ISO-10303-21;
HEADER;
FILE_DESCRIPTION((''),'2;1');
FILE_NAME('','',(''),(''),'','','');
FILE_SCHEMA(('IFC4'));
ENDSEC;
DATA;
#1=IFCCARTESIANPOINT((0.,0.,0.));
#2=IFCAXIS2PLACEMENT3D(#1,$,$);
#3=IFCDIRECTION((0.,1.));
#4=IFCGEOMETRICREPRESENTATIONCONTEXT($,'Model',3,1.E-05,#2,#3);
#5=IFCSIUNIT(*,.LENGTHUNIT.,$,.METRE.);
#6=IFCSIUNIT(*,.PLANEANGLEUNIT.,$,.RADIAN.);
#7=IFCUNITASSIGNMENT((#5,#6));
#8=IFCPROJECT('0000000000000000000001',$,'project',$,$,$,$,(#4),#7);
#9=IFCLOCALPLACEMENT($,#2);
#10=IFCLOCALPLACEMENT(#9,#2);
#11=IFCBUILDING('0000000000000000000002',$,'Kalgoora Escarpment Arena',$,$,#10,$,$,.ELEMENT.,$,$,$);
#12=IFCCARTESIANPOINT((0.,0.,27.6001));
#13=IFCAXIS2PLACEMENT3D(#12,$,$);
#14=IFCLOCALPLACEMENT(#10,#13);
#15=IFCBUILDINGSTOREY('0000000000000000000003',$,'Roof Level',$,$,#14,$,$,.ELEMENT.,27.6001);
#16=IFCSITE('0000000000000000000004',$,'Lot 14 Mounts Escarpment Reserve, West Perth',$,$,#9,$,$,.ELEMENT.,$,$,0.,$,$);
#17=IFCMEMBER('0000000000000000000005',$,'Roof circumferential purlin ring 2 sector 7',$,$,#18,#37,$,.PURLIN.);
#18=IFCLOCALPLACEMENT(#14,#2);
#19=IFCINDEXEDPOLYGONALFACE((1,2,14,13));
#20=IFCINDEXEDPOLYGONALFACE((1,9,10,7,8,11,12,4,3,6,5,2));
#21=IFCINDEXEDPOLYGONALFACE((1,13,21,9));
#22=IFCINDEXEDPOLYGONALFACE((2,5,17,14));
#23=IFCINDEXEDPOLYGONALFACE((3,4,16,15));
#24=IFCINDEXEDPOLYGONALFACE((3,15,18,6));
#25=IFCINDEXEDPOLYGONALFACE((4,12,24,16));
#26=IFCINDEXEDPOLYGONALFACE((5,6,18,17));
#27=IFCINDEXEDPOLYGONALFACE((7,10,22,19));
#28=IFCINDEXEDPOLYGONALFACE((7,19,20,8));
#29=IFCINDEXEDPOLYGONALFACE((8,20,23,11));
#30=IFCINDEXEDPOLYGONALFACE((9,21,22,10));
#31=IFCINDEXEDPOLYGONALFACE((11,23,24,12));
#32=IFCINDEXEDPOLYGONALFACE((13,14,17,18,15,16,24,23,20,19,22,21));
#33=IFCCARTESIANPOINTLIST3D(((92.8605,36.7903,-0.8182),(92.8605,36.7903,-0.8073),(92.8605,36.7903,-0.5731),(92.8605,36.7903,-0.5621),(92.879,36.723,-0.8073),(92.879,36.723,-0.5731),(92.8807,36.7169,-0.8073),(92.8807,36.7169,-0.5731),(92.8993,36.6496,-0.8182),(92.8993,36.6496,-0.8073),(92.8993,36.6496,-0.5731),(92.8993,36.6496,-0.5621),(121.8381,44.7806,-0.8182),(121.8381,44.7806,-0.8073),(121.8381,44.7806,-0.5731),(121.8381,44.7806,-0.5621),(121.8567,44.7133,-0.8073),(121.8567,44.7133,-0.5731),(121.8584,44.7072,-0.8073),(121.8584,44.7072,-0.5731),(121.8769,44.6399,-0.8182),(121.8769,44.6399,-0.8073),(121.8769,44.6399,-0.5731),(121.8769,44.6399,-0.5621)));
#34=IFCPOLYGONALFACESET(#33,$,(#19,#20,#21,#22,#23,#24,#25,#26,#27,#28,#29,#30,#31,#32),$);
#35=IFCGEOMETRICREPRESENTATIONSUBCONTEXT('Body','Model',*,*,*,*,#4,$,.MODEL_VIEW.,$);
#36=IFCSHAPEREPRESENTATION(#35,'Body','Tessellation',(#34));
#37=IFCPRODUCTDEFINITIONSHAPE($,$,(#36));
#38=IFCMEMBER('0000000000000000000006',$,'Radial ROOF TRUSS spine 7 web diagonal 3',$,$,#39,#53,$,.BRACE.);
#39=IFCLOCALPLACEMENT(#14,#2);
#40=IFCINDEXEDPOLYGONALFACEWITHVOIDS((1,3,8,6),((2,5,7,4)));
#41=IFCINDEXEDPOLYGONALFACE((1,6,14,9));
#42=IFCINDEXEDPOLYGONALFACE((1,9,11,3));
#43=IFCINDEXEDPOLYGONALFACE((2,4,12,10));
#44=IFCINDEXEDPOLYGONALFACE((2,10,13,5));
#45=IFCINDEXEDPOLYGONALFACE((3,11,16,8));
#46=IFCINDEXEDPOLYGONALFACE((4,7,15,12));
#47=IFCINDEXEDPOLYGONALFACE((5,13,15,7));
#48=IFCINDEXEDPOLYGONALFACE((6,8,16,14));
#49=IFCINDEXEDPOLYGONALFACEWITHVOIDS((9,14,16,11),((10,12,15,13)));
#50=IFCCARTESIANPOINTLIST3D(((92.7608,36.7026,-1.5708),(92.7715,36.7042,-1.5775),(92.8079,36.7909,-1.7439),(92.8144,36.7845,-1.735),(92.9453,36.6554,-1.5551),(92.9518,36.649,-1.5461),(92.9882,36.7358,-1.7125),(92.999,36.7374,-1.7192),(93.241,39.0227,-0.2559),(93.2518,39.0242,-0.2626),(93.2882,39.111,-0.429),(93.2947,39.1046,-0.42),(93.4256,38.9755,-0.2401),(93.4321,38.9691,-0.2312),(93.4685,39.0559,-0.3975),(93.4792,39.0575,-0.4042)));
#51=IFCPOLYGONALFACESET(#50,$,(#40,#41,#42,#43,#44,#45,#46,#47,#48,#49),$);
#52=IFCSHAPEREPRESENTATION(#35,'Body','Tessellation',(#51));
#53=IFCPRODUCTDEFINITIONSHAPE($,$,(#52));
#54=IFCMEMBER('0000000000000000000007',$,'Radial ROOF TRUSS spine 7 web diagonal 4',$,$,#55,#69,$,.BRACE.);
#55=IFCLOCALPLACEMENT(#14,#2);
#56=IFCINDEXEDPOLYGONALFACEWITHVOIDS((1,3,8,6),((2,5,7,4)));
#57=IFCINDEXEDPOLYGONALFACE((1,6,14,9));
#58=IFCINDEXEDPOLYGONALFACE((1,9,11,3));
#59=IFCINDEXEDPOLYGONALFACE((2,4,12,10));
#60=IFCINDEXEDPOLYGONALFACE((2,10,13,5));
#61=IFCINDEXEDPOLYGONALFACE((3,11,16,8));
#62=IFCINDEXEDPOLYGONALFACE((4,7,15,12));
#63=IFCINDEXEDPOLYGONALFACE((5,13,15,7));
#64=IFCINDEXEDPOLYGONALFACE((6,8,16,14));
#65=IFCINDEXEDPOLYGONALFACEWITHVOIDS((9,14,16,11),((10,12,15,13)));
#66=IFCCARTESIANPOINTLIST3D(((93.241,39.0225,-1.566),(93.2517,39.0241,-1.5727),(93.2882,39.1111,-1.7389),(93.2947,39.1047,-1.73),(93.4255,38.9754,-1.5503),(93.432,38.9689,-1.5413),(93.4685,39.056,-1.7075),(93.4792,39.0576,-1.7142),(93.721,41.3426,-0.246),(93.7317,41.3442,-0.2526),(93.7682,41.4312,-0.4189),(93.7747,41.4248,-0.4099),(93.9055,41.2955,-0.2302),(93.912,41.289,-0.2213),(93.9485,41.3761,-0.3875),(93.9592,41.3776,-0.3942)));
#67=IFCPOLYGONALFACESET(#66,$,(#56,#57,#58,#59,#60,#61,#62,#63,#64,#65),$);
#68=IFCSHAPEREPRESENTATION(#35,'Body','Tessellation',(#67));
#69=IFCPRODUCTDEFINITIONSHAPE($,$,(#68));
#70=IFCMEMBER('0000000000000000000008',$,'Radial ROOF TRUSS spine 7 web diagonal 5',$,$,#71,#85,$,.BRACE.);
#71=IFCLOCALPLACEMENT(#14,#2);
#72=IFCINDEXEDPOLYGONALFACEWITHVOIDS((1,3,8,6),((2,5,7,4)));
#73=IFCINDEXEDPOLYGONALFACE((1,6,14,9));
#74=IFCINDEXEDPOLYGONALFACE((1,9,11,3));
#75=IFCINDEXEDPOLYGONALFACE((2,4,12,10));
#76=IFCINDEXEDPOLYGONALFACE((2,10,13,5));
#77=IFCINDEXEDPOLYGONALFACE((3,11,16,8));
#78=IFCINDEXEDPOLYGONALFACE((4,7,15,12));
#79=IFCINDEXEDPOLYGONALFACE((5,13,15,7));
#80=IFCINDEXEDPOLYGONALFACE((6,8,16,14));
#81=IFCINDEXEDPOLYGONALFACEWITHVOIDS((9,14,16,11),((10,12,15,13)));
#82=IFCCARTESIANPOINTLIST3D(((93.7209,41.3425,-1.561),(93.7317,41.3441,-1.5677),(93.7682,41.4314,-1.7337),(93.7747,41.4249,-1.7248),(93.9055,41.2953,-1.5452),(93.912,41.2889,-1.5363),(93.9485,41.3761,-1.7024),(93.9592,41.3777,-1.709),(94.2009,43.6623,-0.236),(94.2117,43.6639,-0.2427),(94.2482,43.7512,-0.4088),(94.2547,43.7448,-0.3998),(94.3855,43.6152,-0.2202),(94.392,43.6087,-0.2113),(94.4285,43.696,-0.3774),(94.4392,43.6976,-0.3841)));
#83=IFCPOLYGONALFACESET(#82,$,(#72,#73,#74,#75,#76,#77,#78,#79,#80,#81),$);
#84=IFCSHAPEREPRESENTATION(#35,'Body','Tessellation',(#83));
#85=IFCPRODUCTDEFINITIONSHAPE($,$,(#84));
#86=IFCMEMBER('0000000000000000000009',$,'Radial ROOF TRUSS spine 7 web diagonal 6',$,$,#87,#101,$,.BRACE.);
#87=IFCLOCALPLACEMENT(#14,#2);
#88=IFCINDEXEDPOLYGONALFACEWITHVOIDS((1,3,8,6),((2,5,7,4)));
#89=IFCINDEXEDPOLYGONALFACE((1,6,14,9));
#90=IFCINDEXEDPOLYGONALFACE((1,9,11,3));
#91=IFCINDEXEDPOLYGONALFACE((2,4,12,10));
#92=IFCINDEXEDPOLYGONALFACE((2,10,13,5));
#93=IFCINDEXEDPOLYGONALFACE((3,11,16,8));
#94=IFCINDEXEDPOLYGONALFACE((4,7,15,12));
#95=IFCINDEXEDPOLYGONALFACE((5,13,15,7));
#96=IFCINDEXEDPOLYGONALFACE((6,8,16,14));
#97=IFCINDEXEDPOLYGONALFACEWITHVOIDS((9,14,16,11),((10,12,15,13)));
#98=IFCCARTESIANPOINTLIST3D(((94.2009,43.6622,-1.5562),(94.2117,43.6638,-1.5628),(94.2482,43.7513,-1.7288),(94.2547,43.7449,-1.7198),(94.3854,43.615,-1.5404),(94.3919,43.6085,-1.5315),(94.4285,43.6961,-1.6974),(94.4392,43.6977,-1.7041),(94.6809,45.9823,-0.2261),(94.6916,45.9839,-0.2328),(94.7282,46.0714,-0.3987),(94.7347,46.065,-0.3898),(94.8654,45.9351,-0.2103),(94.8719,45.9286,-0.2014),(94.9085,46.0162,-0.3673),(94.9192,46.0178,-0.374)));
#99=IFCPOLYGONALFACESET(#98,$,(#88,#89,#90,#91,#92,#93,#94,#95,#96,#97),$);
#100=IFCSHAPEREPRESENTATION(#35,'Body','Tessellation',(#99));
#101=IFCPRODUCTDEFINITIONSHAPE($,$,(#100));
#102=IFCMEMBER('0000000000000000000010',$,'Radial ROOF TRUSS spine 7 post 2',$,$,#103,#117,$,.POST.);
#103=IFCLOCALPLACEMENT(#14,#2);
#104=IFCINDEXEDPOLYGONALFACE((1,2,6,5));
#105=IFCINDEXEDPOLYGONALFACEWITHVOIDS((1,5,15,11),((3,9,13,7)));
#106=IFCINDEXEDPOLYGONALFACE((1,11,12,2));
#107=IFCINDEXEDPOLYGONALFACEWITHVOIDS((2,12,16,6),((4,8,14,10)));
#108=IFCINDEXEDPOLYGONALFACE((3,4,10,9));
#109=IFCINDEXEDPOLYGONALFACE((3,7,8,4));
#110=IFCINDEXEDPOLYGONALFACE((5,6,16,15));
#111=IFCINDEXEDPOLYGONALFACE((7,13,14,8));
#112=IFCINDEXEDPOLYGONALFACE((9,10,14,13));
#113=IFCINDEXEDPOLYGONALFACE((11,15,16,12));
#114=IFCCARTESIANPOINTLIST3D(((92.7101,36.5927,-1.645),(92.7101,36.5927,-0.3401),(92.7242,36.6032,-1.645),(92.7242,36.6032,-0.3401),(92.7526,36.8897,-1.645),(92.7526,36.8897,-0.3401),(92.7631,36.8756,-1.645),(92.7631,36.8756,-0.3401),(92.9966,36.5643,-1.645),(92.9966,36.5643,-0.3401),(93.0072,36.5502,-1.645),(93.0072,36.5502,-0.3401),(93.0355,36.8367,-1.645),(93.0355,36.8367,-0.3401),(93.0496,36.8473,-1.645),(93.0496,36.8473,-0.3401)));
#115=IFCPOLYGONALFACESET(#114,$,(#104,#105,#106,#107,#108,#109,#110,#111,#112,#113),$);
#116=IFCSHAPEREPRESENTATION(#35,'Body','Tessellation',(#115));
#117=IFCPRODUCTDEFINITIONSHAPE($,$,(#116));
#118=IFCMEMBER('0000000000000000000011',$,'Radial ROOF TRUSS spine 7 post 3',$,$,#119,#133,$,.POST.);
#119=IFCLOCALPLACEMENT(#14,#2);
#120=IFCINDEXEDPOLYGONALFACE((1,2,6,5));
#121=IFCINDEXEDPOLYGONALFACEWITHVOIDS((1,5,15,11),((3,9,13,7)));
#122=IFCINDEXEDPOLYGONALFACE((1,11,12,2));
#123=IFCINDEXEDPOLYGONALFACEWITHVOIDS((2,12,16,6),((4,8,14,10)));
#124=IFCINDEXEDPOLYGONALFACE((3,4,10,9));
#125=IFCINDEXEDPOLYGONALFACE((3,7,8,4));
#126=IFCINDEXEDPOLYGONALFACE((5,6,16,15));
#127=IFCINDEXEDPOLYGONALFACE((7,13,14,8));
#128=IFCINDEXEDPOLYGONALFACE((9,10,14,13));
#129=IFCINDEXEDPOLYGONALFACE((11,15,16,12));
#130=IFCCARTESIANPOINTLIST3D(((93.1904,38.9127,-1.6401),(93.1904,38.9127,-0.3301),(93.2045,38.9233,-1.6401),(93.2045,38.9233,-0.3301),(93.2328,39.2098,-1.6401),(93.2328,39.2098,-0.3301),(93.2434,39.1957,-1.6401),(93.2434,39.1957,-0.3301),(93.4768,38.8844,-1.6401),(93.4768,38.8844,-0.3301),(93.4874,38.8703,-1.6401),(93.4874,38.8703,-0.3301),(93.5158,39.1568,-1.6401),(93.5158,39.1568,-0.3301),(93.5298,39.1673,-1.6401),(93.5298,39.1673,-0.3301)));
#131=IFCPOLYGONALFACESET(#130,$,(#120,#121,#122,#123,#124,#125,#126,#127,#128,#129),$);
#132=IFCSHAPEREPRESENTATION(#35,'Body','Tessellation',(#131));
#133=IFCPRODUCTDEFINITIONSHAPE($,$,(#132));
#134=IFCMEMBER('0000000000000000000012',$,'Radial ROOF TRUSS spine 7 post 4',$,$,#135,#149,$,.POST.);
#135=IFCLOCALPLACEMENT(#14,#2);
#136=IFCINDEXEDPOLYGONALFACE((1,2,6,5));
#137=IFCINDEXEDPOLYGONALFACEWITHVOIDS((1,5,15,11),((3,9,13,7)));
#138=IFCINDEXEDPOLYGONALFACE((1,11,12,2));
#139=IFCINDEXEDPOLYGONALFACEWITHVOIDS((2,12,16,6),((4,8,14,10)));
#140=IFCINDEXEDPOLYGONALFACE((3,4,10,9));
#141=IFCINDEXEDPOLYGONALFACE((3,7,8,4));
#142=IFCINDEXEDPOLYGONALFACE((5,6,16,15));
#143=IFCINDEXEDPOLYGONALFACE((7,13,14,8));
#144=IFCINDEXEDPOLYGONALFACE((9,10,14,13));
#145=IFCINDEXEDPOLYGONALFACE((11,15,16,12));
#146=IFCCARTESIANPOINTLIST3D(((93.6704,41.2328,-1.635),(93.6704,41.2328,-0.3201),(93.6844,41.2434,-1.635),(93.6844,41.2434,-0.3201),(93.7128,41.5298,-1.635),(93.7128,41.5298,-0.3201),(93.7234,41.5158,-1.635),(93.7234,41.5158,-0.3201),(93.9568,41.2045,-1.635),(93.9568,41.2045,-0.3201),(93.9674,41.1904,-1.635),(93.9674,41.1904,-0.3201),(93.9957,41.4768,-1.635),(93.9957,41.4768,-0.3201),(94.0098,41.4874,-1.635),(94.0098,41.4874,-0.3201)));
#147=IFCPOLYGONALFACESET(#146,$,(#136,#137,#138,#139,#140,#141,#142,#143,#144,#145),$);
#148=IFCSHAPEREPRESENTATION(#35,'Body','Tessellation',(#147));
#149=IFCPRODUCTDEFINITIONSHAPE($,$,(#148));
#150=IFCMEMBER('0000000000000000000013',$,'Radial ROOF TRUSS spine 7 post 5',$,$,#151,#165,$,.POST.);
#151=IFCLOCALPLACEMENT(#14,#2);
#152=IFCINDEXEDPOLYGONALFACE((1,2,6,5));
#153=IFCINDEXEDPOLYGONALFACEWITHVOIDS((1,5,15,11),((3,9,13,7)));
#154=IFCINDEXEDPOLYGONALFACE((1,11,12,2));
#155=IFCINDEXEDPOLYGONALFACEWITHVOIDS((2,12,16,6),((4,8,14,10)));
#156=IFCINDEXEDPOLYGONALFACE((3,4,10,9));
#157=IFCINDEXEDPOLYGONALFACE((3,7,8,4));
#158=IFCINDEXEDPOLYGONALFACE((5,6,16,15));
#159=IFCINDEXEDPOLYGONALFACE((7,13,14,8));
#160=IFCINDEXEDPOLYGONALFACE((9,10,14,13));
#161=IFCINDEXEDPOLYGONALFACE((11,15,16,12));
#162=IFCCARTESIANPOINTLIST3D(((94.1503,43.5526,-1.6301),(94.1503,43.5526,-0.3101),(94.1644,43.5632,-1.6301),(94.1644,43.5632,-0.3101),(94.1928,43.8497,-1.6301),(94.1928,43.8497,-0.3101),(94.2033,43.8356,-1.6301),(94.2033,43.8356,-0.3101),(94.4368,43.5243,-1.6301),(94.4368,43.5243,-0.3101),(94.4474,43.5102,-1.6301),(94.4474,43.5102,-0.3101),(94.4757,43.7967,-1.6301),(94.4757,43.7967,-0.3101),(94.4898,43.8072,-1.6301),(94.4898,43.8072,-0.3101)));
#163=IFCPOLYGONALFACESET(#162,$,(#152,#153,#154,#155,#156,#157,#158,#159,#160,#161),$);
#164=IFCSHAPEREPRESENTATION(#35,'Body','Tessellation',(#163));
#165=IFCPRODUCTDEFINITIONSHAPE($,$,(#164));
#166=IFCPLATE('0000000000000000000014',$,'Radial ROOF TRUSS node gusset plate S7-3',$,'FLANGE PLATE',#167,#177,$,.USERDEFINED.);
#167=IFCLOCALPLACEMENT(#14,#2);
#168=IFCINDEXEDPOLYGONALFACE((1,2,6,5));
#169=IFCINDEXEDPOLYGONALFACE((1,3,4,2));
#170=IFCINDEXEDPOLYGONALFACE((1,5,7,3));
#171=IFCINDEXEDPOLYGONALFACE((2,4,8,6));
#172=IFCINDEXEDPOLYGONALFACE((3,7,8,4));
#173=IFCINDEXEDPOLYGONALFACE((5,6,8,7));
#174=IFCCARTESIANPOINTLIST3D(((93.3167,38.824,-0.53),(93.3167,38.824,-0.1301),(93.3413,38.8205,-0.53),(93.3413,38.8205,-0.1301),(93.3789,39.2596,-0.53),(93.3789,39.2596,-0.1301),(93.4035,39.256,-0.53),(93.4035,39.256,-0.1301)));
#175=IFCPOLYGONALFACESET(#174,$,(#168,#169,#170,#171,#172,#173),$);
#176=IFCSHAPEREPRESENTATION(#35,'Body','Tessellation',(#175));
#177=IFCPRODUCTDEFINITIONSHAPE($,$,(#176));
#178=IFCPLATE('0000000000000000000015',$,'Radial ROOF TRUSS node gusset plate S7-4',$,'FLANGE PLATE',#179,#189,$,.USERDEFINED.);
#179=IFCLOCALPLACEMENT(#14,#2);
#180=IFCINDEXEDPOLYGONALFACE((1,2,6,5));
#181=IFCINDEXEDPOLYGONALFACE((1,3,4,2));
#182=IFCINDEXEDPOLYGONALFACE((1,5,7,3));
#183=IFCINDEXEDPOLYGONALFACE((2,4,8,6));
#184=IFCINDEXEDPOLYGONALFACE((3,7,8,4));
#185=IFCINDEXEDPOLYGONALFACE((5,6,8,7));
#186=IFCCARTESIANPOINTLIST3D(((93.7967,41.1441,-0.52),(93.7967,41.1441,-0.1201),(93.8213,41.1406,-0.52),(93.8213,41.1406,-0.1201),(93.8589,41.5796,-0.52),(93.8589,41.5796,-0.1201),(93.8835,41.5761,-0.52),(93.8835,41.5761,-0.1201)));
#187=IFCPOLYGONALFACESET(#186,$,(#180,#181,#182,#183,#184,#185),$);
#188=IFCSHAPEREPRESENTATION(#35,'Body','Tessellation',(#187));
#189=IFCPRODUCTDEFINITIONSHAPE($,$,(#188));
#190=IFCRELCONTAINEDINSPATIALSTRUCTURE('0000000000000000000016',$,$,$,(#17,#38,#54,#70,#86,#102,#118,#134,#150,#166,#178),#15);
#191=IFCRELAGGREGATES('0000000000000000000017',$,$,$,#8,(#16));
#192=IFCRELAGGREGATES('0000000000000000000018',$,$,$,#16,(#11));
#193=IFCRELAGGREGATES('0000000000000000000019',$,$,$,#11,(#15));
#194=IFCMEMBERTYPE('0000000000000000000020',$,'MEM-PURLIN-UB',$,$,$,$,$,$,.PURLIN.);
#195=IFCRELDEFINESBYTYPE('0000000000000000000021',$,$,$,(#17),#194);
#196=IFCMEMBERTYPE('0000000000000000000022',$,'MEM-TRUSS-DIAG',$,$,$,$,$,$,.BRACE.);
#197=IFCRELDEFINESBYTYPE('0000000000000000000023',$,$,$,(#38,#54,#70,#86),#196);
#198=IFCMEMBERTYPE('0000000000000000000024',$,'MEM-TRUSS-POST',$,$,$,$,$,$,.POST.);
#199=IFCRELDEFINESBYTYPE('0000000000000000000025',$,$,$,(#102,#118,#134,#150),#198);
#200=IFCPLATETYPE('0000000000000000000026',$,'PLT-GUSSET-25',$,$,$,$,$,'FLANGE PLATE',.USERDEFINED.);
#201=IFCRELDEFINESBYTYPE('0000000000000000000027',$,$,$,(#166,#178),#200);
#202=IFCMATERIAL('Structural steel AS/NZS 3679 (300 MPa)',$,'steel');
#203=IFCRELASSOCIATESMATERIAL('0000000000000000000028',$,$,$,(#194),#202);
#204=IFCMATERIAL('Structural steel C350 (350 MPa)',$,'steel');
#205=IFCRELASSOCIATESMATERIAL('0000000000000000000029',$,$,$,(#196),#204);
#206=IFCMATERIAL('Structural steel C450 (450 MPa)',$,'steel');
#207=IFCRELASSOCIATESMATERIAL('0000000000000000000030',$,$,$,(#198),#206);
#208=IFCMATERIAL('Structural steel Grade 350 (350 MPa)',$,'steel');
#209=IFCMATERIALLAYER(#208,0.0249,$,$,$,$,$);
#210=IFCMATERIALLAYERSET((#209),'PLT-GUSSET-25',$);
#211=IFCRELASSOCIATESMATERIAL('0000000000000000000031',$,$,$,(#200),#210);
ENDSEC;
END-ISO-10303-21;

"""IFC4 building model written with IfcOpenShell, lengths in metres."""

from ifc_helpers import new_model, si_unit, direction, frame, origin, origin_2d, place, context, subcontext, project, spatial, rectangle, hollow_rectangle, i_section, extrude, material, layer, layer_set, material_profile, profile_set, type_object, element, save


model = new_model("IFC4")

# Units and contexts
model_context = context("Model", 3, precision=1e-05, world=origin(), true_north=direction((0.0, 1.0)))
body_context = subcontext(model_context, "Body", "Model", "MODEL_VIEW")
ifc_project = project(units=[si_unit("LENGTHUNIT", "METRE"), si_unit("PLANEANGLEUNIT", "RADIAN")], contexts=[model_context])

# Site, building, storey
site_placement = place(None, origin())
site = spatial("IfcSite", under=ifc_project, at=site_placement, Name="Lot 14 Mounts Escarpment Reserve, West Perth", CompositionType="ELEMENT", RefElevation=0.0)
building_placement = place(site_placement, origin())
building = spatial("IfcBuilding", under=site, at=building_placement, Name="Kalgoora Escarpment Arena", CompositionType="ELEMENT")
storey_placement = place(building_placement, frame((0.0, 0.0, 27.6001)))
storey = spatial("IfcBuildingStorey", under=building, at=storey_placement, Name="Roof Level", CompositionType="ELEMENT", Elevation=27.6001)

# Members
ifc_material_1 = material(Name="Structural steel AS/NZS 3679 (300 MPa)", Category="steel")
ifc_material_profile_1 = material_profile(ifc_material_1, i_section(OverallWidth=0.146, OverallDepth=0.2561, WebThickness=0.0063, FlangeThickness=0.011, at=origin_2d()))
ifc_profile_set_1 = profile_set([ifc_material_profile_1], Name="Structural steel AS/NZS 3679 (300 MPa)")
member_type_1 = type_object("IfcMemberType", Name="MEM-PURLIN-UB", PredefinedType="PURLIN", material=ifc_profile_set_1)
member_1_placement = place(storey_placement, frame((92.8799, 36.72, -0.6902), z_axis=(0.964023, 0.265819, 0.0), x_axis=(-0.265819, 0.964023, 0.0)))
element("IfcMember", 1, at=member_1_placement, inside=storey, type_object=member_type_1, Name="Roof circumferential purlin ring 2 sector 7", PredefinedType="PURLIN", context=body_context, shape_type="SweptSolid", body=[
    extrude(i_section(OverallWidth=0.146, OverallDepth=0.2561, WebThickness=0.0063, FlangeThickness=0.011, at=origin_2d()), origin(), (0.0, 0.0, 1.0), 30.0591),
])
ifc_material_2 = material(Name="Structural steel C350 (350 MPa)", Category="steel")
ifc_material_profile_2 = material_profile(ifc_material_2, hollow_rectangle(XDim=0.2, YDim=0.2, WallThickness=0.009, at=origin_2d()))
ifc_profile_set_2 = profile_set([ifc_material_profile_2], Name="Structural steel C350 (350 MPa)")
member_type_2 = type_object("IfcMemberType", Name="MEM-TRUSS-DIAG", PredefinedType="BRACE", material=ifc_profile_set_2)
member_2_placement = place(storey_placement, frame((92.8799, 36.72, -1.645), z_axis=(0.177225, 0.856213, 0.485274), x_axis=(-0.235856, -0.441761, 0.865574)))
element("IfcMember", 2, at=member_2_placement, inside=storey, type_object=member_type_2, Name="Radial ROOF TRUSS spine 7 web diagonal 3", PredefinedType="BRACE", context=body_context, shape_type="SweptSolid", body=[
    extrude(hollow_rectangle(XDim=0.2, YDim=0.2, WallThickness=0.009, at=origin_2d()), origin(), (0.0, 0.0, 1.0), 2.7097),
])
member_3_placement = place(storey_placement, frame((93.3601, 39.04, -1.6401), z_axis=(0.176975, 0.85544, 0.486727), x_axis=(-0.236103, -0.443193, 0.864775)))
element("IfcMember", 3, at=member_3_placement, inside=storey, type_object=member_type_2, Name="Radial ROOF TRUSS spine 7 web diagonal 4", PredefinedType="BRACE", context=body_context, shape_type="SweptSolid", body=[
    extrude(hollow_rectangle(XDim=0.2, YDim=0.2, WallThickness=0.009, at=origin_2d()), origin(), (0.0, 0.0, 1.0), 2.7122),
])
member_4_placement = place(storey_placement, frame((93.8401, 41.3601, -1.635), z_axis=(0.176834, 0.854665, 0.488136), x_axis=(-0.236395, -0.444554, 0.863996)))
element("IfcMember", 4, at=member_4_placement, inside=storey, type_object=member_type_2, Name="Radial ROOF TRUSS spine 7 web diagonal 5", PredefinedType="BRACE", context=body_context, shape_type="SweptSolid", body=[
    extrude(hollow_rectangle(XDim=0.2, YDim=0.2, WallThickness=0.009, at=origin_2d()), origin(), (0.0, 0.0, 1.0), 2.7144),
])
member_5_placement = place(storey_placement, frame((94.3201, 43.6799, -1.6301), z_axis=(0.176657, 0.853901, 0.489535), x_axis=(-0.236666, -0.445916, 0.86322)))
element("IfcMember", 5, at=member_5_placement, inside=storey, type_object=member_type_2, Name="Radial ROOF TRUSS spine 7 web diagonal 6", PredefinedType="BRACE", context=body_context, shape_type="SweptSolid", body=[
    extrude(hollow_rectangle(XDim=0.2, YDim=0.2, WallThickness=0.009, at=origin_2d()), origin(), (0.0, 0.0, 1.0), 2.717),
])
ifc_material_3 = material(Name="Structural steel C450 (450 MPa)", Category="steel")
ifc_material_profile_3 = material_profile(ifc_material_3, hollow_rectangle(XDim=0.3, YDim=0.3, WallThickness=0.0125, at=origin_2d()))
ifc_profile_set_3 = profile_set([ifc_material_profile_3], Name="Structural steel C450 (450 MPa)")
member_type_3 = type_object("IfcMemberType", Name="MEM-TRUSS-POST", PredefinedType="POST", material=ifc_profile_set_3)
member_6_placement = place(storey_placement, frame((92.8799, 36.72, -1.645), z_axis=(0.0, 0.0, 1.0), x_axis=(0.14142, 0.98995, 0.0)))
element("IfcMember", 6, at=member_6_placement, inside=storey, type_object=member_type_3, Name="Radial ROOF TRUSS spine 7 post 2", PredefinedType="POST", context=body_context, shape_type="SweptSolid", body=[
    extrude(hollow_rectangle(XDim=0.3, YDim=0.3, WallThickness=0.0125, at=origin_2d()), origin(), (0.0, 0.0, 1.0), 1.3049),
])
member_7_placement = place(storey_placement, frame((93.3601, 39.04, -1.6401), z_axis=(0.0, 0.0, 1.0), x_axis=(0.14142, 0.98995, 0.0)))
element("IfcMember", 7, at=member_7_placement, inside=storey, type_object=member_type_3, Name="Radial ROOF TRUSS spine 7 post 3", PredefinedType="POST", context=body_context, shape_type="SweptSolid", body=[
    extrude(hollow_rectangle(XDim=0.3, YDim=0.3, WallThickness=0.0125, at=origin_2d()), origin(), (0.0, 0.0, 1.0), 1.3101),
])
member_8_placement = place(storey_placement, frame((93.8401, 41.3601, -1.635), z_axis=(0.0, 0.0, 1.0), x_axis=(0.14142, 0.98995, 0.0)))
element("IfcMember", 8, at=member_8_placement, inside=storey, type_object=member_type_3, Name="Radial ROOF TRUSS spine 7 post 4", PredefinedType="POST", context=body_context, shape_type="SweptSolid", body=[
    extrude(hollow_rectangle(XDim=0.3, YDim=0.3, WallThickness=0.0125, at=origin_2d()), origin(), (0.0, 0.0, 1.0), 1.3149),
])
member_9_placement = place(storey_placement, frame((94.3201, 43.6799, -1.6301), z_axis=(0.0, 0.0, 1.0), x_axis=(0.14142, 0.98995, 0.0)))
element("IfcMember", 9, at=member_9_placement, inside=storey, type_object=member_type_3, Name="Radial ROOF TRUSS spine 7 post 5", PredefinedType="POST", context=body_context, shape_type="SweptSolid", body=[
    extrude(hollow_rectangle(XDim=0.3, YDim=0.3, WallThickness=0.0125, at=origin_2d()), origin(), (0.0, 0.0, 1.0), 1.3201),
])

# Plates
ifc_material_4 = material(Name="Structural steel Grade 350 (350 MPa)", Category="steel")
ifc_layer_1 = layer(ifc_material_4, 0.0249)
ifc_layer_set_1 = layer_set([ifc_layer_1], Name="PLT-GUSSET-25")
plate_type_1 = type_object("IfcPlateType", Name="PLT-GUSSET-25", ElementType="FLANGE PLATE", PredefinedType="USERDEFINED", material=ifc_layer_set_1)
for number, where, z_axis, x_axis, name in (
    (10, (93.3601, 39.04, -0.53), (0.0, 0.0, 1.0), (0.14142, 0.98995, 0.0), "Radial ROOF TRUSS node gusset plate S7-3"),
    (11, (93.8401, 41.3601, -0.52), (0.0, 0.0, 1.0), (0.14142, 0.98995, 0.0), "Radial ROOF TRUSS node gusset plate S7-4"),
):
    element("IfcPlate", number, at=place(storey_placement, frame(where, z_axis=z_axis, x_axis=x_axis)), inside=storey, type_object=plate_type_1, Name=name, ObjectType="FLANGE PLATE", PredefinedType="USERDEFINED", context=body_context, shape_type="SweptSolid", body=[
        extrude(rectangle(XDim=0.4399, YDim=0.0249, at=origin_2d()), origin(), (0.0, 0.0, 1.0), 0.3999),
    ])

save(model, "model.ifc")
